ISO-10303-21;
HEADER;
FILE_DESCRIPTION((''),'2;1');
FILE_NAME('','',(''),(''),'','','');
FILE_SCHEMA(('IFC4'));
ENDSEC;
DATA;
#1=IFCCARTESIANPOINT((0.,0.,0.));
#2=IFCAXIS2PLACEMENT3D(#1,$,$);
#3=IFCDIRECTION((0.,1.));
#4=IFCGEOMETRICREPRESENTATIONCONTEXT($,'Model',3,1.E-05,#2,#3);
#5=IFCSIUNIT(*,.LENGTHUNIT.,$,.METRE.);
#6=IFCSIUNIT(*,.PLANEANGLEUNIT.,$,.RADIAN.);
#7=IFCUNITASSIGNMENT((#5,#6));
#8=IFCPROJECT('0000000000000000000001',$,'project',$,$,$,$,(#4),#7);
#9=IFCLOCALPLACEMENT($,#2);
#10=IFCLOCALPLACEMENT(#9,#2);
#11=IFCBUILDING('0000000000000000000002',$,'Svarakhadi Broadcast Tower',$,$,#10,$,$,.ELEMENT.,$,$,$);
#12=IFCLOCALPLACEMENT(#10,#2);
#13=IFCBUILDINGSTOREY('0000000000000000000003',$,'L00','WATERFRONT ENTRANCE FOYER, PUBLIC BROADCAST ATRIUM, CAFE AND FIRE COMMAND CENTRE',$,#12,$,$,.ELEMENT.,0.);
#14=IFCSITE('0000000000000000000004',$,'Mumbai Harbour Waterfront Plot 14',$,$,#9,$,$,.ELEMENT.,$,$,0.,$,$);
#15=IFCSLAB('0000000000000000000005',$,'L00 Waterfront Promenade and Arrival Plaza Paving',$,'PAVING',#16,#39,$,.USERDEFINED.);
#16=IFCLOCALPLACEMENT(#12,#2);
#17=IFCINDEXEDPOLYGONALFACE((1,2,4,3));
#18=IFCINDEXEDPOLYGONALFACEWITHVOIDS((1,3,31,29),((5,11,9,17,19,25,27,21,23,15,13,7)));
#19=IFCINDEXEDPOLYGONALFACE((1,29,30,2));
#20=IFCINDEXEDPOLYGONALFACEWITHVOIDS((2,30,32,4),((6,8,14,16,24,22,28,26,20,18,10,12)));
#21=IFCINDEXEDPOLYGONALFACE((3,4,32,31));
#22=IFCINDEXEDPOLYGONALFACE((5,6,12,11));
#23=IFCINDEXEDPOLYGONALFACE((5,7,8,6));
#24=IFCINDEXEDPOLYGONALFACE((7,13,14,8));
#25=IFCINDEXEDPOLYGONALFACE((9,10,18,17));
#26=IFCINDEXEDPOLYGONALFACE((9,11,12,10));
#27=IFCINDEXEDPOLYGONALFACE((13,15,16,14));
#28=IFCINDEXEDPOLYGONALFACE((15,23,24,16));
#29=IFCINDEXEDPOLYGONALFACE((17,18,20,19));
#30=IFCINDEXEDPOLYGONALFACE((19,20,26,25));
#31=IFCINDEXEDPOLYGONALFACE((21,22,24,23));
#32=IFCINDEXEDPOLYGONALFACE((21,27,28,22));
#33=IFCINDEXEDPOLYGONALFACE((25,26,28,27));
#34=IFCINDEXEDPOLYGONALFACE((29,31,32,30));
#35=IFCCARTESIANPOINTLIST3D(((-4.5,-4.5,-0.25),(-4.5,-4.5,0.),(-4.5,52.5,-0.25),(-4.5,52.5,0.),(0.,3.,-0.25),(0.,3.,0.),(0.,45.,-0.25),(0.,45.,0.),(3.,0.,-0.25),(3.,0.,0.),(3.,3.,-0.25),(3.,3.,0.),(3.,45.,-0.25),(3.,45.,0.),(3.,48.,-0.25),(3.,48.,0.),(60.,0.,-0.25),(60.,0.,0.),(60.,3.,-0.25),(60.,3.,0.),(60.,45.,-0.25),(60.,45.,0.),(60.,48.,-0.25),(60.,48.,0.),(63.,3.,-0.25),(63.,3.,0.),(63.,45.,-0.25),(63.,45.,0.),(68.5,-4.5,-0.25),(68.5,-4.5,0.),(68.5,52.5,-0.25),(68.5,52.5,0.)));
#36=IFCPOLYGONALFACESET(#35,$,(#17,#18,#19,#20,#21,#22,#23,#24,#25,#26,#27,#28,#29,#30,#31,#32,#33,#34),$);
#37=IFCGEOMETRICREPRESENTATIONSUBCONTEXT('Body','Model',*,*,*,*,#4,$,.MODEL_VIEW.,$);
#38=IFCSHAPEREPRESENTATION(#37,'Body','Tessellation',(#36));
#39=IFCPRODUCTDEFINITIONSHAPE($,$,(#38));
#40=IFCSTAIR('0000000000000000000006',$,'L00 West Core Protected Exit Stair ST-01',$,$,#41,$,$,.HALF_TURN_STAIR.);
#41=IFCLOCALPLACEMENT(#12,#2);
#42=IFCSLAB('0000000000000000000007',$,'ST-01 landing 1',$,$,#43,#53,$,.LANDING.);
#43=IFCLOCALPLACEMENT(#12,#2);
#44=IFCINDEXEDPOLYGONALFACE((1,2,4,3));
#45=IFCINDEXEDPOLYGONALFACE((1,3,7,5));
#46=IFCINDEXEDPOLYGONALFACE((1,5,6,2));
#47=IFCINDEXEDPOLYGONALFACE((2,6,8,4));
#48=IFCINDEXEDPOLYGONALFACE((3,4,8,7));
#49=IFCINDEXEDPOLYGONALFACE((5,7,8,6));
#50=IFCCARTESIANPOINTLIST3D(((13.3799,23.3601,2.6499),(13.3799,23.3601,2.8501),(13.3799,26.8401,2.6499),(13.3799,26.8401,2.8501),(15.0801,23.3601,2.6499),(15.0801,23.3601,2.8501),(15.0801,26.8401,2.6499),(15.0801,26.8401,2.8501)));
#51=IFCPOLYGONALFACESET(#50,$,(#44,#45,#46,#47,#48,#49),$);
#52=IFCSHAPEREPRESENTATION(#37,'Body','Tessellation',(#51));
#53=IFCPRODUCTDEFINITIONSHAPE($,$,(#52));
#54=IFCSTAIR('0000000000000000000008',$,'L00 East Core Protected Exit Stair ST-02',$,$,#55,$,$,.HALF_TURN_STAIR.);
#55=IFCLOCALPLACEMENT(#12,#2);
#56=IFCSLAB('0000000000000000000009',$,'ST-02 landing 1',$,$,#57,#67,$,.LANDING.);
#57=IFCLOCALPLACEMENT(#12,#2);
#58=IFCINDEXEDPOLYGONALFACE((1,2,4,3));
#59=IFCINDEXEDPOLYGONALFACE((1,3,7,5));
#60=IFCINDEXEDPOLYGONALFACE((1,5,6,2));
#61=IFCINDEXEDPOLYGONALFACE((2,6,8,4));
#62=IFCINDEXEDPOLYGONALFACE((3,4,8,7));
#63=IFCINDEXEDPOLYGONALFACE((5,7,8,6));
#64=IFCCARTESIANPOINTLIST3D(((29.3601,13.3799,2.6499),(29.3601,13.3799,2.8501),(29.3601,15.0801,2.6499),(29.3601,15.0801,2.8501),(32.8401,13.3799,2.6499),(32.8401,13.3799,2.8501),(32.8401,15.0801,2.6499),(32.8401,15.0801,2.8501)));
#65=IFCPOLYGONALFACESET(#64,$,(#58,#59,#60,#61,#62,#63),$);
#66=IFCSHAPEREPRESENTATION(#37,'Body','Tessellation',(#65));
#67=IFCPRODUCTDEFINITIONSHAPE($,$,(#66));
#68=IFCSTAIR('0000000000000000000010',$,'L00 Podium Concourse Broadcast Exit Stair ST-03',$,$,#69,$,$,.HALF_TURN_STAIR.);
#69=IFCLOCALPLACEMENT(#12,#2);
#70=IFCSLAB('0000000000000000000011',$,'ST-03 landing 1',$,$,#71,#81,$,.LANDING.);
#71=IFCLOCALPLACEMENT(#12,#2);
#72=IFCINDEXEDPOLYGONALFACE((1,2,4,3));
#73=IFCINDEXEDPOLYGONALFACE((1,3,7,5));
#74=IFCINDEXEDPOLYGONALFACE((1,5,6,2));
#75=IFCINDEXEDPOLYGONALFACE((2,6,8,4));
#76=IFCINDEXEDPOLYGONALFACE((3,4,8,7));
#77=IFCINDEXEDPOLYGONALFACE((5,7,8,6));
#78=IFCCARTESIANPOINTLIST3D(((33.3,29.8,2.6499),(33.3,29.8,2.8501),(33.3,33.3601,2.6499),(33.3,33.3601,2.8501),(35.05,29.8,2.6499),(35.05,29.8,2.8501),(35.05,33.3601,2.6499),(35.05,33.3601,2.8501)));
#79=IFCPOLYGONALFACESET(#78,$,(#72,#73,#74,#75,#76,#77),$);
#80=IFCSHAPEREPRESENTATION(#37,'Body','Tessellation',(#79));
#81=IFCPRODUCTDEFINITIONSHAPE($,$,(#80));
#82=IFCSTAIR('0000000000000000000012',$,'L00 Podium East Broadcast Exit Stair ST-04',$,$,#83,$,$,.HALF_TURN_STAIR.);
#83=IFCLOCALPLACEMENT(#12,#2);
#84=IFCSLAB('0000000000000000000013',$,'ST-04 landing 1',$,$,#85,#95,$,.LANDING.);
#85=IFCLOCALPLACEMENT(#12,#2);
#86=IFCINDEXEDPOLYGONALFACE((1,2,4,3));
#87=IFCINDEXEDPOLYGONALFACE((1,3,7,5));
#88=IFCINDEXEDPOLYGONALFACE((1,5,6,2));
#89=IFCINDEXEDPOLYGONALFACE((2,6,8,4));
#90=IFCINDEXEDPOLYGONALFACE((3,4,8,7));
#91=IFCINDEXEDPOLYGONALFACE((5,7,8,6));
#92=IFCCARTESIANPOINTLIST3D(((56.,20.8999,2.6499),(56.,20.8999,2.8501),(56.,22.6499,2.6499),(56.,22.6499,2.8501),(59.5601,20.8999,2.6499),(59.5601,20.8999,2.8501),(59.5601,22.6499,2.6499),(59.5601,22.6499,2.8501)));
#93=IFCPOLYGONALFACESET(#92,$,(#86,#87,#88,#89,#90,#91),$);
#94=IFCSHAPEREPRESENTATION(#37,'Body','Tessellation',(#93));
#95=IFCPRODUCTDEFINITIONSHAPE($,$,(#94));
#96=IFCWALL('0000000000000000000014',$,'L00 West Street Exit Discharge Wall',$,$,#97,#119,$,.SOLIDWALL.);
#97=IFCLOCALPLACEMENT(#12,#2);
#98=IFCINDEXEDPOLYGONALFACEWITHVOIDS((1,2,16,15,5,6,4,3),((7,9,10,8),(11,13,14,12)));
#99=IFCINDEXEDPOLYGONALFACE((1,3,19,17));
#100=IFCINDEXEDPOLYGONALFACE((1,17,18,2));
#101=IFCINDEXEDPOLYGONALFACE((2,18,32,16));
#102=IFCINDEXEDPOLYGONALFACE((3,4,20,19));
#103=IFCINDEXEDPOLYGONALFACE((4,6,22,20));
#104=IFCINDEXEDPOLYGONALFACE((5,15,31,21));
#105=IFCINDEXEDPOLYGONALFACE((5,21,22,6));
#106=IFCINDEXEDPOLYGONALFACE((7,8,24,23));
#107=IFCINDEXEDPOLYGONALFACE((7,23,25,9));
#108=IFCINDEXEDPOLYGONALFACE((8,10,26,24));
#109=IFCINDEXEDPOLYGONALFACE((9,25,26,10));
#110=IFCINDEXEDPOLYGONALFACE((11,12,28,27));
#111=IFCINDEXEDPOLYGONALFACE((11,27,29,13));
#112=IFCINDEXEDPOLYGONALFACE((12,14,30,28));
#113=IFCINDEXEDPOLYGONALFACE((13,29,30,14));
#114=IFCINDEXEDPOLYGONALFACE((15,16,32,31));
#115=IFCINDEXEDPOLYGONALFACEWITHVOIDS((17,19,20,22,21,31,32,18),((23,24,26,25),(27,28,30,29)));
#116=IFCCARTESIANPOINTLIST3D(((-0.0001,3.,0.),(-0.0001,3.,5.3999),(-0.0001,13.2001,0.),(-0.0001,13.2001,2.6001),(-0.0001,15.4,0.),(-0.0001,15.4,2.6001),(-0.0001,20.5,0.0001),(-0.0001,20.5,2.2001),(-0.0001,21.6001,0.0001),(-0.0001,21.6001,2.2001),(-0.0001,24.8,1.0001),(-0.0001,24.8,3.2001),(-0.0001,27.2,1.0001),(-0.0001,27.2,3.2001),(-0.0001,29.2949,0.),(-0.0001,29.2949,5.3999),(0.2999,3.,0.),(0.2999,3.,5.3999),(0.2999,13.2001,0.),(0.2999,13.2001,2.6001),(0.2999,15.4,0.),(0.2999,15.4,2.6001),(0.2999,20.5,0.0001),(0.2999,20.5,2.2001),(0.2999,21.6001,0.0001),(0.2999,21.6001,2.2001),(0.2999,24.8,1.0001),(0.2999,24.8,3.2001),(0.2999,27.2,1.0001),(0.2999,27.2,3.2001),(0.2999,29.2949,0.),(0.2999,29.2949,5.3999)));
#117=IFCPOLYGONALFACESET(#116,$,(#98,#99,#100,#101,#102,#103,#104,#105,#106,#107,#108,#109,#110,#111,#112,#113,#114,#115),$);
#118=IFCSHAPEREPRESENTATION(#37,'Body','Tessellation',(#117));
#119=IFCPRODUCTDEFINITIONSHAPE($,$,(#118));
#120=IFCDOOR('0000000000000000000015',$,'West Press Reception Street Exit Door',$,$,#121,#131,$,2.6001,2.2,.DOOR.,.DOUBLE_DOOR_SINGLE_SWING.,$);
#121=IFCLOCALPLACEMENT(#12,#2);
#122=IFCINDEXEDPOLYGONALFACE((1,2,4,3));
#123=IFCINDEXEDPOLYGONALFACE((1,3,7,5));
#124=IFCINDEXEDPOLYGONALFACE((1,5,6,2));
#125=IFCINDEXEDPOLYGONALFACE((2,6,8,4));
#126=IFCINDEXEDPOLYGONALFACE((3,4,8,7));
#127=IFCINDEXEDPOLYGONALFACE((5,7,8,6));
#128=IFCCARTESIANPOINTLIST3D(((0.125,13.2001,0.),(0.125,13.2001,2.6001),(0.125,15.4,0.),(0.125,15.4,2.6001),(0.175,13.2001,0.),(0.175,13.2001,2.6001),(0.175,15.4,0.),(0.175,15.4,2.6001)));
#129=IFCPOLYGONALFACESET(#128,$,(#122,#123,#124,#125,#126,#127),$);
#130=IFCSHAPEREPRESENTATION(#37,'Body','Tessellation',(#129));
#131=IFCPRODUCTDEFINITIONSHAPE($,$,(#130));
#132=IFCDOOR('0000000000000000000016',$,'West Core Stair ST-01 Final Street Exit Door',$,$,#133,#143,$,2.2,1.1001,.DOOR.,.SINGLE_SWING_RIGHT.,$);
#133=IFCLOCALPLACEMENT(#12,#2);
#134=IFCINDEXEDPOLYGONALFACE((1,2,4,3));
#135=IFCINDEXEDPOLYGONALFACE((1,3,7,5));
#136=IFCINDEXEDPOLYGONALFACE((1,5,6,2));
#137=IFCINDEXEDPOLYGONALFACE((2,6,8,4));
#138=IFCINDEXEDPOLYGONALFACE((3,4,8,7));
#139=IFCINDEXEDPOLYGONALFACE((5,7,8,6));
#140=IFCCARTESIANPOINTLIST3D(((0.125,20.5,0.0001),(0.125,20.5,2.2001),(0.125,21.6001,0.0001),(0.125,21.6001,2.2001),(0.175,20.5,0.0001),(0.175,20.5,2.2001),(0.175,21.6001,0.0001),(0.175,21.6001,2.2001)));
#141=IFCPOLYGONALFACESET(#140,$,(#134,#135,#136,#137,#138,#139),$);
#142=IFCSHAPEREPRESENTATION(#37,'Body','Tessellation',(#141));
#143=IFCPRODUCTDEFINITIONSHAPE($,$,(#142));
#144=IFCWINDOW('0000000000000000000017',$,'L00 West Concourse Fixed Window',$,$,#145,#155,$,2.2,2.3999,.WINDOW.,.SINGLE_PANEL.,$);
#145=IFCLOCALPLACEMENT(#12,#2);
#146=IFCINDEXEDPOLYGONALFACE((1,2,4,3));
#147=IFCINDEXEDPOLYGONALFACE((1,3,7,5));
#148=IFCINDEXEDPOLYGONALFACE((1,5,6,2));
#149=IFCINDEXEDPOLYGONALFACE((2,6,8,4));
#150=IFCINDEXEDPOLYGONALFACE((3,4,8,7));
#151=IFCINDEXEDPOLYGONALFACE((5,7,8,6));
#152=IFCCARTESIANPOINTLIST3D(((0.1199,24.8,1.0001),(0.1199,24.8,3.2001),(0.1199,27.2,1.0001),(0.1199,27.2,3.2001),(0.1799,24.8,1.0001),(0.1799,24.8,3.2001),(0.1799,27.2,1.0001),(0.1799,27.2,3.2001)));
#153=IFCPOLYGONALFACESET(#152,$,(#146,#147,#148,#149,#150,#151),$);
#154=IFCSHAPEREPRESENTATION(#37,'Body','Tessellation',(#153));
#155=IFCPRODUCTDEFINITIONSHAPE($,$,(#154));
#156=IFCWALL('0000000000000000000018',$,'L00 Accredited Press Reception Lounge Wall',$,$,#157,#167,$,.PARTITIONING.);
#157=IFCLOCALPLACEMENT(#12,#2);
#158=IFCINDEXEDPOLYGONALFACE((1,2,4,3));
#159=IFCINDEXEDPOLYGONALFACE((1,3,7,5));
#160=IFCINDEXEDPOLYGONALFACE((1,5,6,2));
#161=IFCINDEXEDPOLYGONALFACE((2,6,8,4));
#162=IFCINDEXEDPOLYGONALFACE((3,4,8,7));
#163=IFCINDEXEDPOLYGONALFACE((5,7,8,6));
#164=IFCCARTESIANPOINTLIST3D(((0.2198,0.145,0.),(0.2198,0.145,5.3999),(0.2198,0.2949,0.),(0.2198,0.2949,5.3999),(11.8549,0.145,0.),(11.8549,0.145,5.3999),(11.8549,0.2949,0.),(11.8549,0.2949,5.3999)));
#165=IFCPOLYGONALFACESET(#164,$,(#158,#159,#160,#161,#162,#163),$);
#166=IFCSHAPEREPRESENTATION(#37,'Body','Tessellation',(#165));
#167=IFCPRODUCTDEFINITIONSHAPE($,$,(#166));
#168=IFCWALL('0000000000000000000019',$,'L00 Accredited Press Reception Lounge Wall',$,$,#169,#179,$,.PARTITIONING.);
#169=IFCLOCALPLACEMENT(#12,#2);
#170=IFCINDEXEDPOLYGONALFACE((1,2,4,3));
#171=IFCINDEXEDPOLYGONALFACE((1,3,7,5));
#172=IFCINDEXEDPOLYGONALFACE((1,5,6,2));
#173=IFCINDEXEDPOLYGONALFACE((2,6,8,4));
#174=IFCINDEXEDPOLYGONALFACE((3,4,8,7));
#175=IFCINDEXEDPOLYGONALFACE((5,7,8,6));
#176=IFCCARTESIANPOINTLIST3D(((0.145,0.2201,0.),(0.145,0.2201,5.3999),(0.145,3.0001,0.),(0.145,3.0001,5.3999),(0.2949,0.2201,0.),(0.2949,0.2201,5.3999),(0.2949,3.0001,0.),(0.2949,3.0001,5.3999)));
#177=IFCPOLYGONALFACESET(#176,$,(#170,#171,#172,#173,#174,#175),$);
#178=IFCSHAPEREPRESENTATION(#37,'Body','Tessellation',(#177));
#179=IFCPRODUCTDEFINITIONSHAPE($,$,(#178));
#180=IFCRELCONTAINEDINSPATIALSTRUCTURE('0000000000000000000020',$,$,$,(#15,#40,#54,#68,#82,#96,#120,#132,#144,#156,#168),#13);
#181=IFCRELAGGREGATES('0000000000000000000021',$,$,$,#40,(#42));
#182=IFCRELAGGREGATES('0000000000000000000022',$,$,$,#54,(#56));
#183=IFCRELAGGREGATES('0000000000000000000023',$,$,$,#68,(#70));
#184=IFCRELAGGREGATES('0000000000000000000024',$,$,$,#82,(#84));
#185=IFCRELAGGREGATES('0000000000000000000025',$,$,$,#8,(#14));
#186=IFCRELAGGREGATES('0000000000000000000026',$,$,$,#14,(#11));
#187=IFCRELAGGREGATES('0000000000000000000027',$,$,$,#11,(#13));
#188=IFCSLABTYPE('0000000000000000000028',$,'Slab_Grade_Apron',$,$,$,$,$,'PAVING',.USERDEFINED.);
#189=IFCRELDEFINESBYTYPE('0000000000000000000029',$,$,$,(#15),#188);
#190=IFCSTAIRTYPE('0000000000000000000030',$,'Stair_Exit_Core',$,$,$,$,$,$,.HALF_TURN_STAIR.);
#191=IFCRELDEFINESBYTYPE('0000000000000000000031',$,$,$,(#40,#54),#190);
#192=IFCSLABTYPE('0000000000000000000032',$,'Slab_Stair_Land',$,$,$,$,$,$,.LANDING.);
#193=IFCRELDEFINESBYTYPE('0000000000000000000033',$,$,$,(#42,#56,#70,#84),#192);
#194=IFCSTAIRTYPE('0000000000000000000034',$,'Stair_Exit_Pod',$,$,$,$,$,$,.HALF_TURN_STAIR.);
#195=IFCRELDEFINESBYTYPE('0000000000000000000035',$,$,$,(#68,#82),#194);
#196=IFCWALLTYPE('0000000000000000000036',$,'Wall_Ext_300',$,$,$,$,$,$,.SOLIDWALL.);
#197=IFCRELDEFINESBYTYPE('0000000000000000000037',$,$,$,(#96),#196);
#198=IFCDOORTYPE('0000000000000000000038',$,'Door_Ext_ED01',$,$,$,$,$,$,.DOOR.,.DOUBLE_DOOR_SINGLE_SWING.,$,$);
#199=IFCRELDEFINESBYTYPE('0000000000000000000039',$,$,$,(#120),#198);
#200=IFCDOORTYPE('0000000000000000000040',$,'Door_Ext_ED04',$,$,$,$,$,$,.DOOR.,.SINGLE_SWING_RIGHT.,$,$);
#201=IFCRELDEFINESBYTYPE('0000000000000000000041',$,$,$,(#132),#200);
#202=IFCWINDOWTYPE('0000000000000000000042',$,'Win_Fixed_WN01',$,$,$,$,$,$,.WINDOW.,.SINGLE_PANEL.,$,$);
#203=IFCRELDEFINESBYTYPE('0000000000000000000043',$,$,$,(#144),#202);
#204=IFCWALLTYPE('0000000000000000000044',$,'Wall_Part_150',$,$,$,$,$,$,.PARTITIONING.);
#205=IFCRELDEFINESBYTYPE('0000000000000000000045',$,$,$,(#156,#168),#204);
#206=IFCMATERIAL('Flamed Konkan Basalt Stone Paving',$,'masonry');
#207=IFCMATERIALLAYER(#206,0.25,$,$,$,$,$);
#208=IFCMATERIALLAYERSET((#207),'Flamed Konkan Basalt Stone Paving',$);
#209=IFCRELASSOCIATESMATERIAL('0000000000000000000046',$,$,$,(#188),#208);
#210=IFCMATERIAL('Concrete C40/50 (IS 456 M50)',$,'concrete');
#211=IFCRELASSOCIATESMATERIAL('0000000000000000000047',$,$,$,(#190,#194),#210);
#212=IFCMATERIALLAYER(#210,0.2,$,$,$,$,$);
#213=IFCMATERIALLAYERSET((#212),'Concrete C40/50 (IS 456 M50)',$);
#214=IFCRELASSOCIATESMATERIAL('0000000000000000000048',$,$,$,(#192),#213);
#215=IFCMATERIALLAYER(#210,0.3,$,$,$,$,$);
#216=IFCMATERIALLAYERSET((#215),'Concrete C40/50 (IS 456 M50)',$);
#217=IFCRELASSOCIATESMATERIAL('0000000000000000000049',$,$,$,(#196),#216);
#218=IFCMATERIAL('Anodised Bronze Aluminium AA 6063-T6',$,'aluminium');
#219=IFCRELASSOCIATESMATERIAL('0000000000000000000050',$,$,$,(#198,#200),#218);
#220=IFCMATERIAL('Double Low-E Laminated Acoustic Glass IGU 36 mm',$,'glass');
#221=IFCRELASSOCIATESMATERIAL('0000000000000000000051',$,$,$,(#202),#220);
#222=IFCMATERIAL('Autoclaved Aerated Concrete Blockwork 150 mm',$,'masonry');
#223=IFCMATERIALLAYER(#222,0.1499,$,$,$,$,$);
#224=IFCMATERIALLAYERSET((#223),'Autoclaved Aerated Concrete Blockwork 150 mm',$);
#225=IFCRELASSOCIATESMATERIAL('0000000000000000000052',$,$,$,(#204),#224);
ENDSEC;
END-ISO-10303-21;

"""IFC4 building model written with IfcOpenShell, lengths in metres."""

from ifc_helpers import new_model, si_unit, direction, frame, frame_2d, origin, place, context, subcontext, project, spatial, polyline, rectangle, outline, extrude, material, layer, layer_set, type_object, element, fill, aggregate, save


model = new_model("IFC4")

# Units and contexts
model_context = context("Model", 3, precision=1e-05, world=origin(), true_north=direction((0.0, 1.0)))
body_context = subcontext(model_context, "Body", "Model", "MODEL_VIEW")
ifc_project = project(units=[si_unit("LENGTHUNIT", "METRE"), si_unit("PLANEANGLEUNIT", "RADIAN")], contexts=[model_context])

# Site, building, storey
site_placement = place(None, origin())
site = spatial("IfcSite", under=ifc_project, at=site_placement, Name="Mumbai Harbour Waterfront Plot 14", CompositionType="ELEMENT", RefElevation=0.0)
building_placement = place(site_placement, origin())
building = spatial("IfcBuilding", under=site, at=building_placement, Name="Svarakhadi Broadcast Tower", CompositionType="ELEMENT")
storey_placement = place(building_placement, origin())
storey = spatial("IfcBuildingStorey", under=building, at=storey_placement, Name="L00", Description="WATERFRONT ENTRANCE FOYER, PUBLIC BROADCAST ATRIUM, CAFE AND FIRE COMMAND CENTRE", CompositionType="ELEMENT", Elevation=0.0)

# Shared definitions
ifc_material_1 = material(Name="Anodised Bronze Aluminium AA 6063-T6", Category="aluminium")

# Slab
ifc_material_2 = material(Name="Flamed Konkan Basalt Stone Paving", Category="masonry")
ifc_layer_1 = layer(ifc_material_2, 0.25)
ifc_layer_set_1 = layer_set([ifc_layer_1], Name="Flamed Konkan Basalt Stone Paving")
slab_type_1 = type_object("IfcSlabType", Name="Slab_Grade_Apron", ElementType="PAVING", PredefinedType="USERDEFINED", material=ifc_layer_set_1)
slab_1_placement = place(storey_placement, frame((0.0, 0.0, -0.25)))
element("IfcSlab", 1, at=slab_1_placement, inside=storey, type_object=slab_type_1, Name="L00 Waterfront Promenade and Arrival Plaza Paving", ObjectType="PAVING", PredefinedType="USERDEFINED", context=body_context, shape_type="SweptSolid", body=[
    extrude(outline(polyline([(-4.5, -4.5), (68.5, -4.5), (68.5, 52.5), (-4.5, 52.5), (-4.5, -4.5)]), holes=[polyline([(3.0, 0.0), (60.0, 0.0), (60.0, 3.0), (63.0, 3.0), (63.0, 45.0), (60.0, 45.0), (60.0, 48.0), (3.0, 48.0), (3.0, 45.0), (0.0, 45.0), (0.0, 3.0), (3.0, 3.0), (3.0, 0.0)])]), origin(), (0.0, 0.0, 1.0), 0.25),
])

# Stairs, slabs
ifc_material_3 = material(Name="Concrete C40/50 (IS 456 M50)", Category="concrete")
stair_type_1 = type_object("IfcStairType", Name="Stair_Exit_Core", PredefinedType="HALF_TURN_STAIR", material=ifc_material_3)
stair_1_placement = place(storey_placement, origin())
stair_1 = element("IfcStair", 2, at=stair_1_placement, inside=storey, type_object=stair_type_1, Name="L00 West Core Protected Exit Stair ST-01", PredefinedType="HALF_TURN_STAIR")
ifc_layer_2 = layer(ifc_material_3, 0.2)
ifc_layer_set_2 = layer_set([ifc_layer_2], Name="Concrete C40/50 (IS 456 M50)")
slab_type_2 = type_object("IfcSlabType", Name="Slab_Stair_Land", PredefinedType="LANDING", material=ifc_layer_set_2)
slab_2_placement = place(storey_placement, frame((0.0, 0.0, 2.6499)))
slab_2 = element("IfcSlab", 3, at=slab_2_placement, type_object=slab_type_2, Name="ST-01 landing 1", PredefinedType="LANDING", context=body_context, shape_type="SweptSolid", body=[
    extrude(outline(polyline([(13.3799, 23.3601), (15.0801, 23.3601), (15.0801, 26.8401), (13.3799, 26.8401), (13.3799, 23.3601)])), origin(), (0.0, 0.0, 1.0), 0.2002),
])
aggregate(stair_1, [slab_2])
stair_2_placement = place(storey_placement, origin())
stair_2 = element("IfcStair", 4, at=stair_2_placement, inside=storey, type_object=stair_type_1, Name="L00 East Core Protected Exit Stair ST-02", PredefinedType="HALF_TURN_STAIR")
slab_3_placement = place(storey_placement, frame((0.0, 0.0, 2.6499)))
slab_3 = element("IfcSlab", 5, at=slab_3_placement, type_object=slab_type_2, Name="ST-02 landing 1", PredefinedType="LANDING", context=body_context, shape_type="SweptSolid", body=[
    extrude(outline(polyline([(32.8401, 13.3799), (32.8401, 15.0801), (29.3601, 15.0801), (29.3601, 13.3799), (32.8401, 13.3799)])), origin(), (0.0, 0.0, 1.0), 0.2002),
])
aggregate(stair_2, [slab_3])
stair_type_2 = type_object("IfcStairType", Name="Stair_Exit_Pod", PredefinedType="HALF_TURN_STAIR", material=ifc_material_3)
stair_3_placement = place(storey_placement, origin())
stair_3 = element("IfcStair", 6, at=stair_3_placement, inside=storey, type_object=stair_type_2, Name="L00 Podium Concourse Broadcast Exit Stair ST-03", PredefinedType="HALF_TURN_STAIR")
slab_4_placement = place(storey_placement, frame((0.0, 0.0, 2.6499)))
slab_4 = element("IfcSlab", 7, at=slab_4_placement, type_object=slab_type_2, Name="ST-03 landing 1", PredefinedType="LANDING", context=body_context, shape_type="SweptSolid", body=[
    extrude(outline(polyline([(33.3, 29.8), (35.05, 29.8), (35.05, 33.3601), (33.3, 33.3601), (33.3, 29.8)])), origin(), (0.0, 0.0, 1.0), 0.2002),
])
aggregate(stair_3, [slab_4])
stair_4_placement = place(storey_placement, origin())
stair_4 = element("IfcStair", 8, at=stair_4_placement, inside=storey, type_object=stair_type_2, Name="L00 Podium East Broadcast Exit Stair ST-04", PredefinedType="HALF_TURN_STAIR")
slab_5_placement = place(storey_placement, frame((0.0, 0.0, 2.6499)))
slab_5 = element("IfcSlab", 9, at=slab_5_placement, type_object=slab_type_2, Name="ST-04 landing 1", PredefinedType="LANDING", context=body_context, shape_type="SweptSolid", body=[
    extrude(outline(polyline([(59.5601, 20.8999), (59.5601, 22.6499), (56.0, 22.6499), (56.0, 20.8999), (59.5601, 20.8999)])), origin(), (0.0, 0.0, 1.0), 0.2002),
])
aggregate(stair_4, [slab_5])

# Wall, openings, doors, window
ifc_layer_3 = layer(ifc_material_3, 0.3)
ifc_layer_set_3 = layer_set([ifc_layer_3], Name="Concrete C40/50 (IS 456 M50)")
wall_type_1 = type_object("IfcWallType", Name="Wall_Ext_300", PredefinedType="SOLIDWALL", material=ifc_layer_set_3)
wall_1_placement = place(storey_placement, frame((0.1499, 3.0, 0.0), z_axis=(0.0, 0.0, 1.0), x_axis=(0.0, 1.0, 0.0)))
wall_1 = element("IfcWall", 10, at=wall_1_placement, inside=storey, type_object=wall_type_1, Name="L00 West Street Exit Discharge Wall", PredefinedType="SOLIDWALL", context=body_context, shape_type="SweptSolid", body=[
    extrude(rectangle(XDim=26.2949, YDim=0.3, at=frame_2d((13.1475, 0.0))), origin(), (0.0, 0.0, 1.0), 5.3999),
])
opening_1_placement = place(wall_1_placement, frame((10.2, 0.0, 0.0)))
opening_1 = element("IfcOpeningElement", 11, at=opening_1_placement, cuts=wall_1, PredefinedType="OPENING", context=body_context, shape_type="SweptSolid", body=[
    extrude(rectangle(XDim=2.2, YDim=2.6001, at=frame_2d((1.1001, 1.3))), frame((0.0, 0.1599, 0.0), z_axis=(0.0, -1.0, 0.0), x_axis=(1.0, 0.0, 0.0)), (0.0, 0.0, 1.0), 0.3201),
])
opening_2_placement = place(wall_1_placement, frame((17.5, 0.0, 0.0)))
opening_2 = element("IfcOpeningElement", 12, at=opening_2_placement, cuts=wall_1, PredefinedType="OPENING", context=body_context, shape_type="SweptSolid", body=[
    extrude(rectangle(XDim=1.1001, YDim=2.2, at=frame_2d((0.55, 1.1001))), frame((0.0, 0.1599, 0.0), z_axis=(0.0, -1.0, 0.0), x_axis=(1.0, 0.0, 0.0)), (0.0, 0.0, 1.0), 0.3201),
])
opening_3_placement = place(wall_1_placement, frame((21.8, 0.0, 1.0)))
opening_3 = element("IfcOpeningElement", 13, at=opening_3_placement, cuts=wall_1, PredefinedType="OPENING", context=body_context, shape_type="SweptSolid", body=[
    extrude(rectangle(XDim=2.3999, YDim=2.2, at=frame_2d((1.2, 1.1001))), frame((0.0, 0.1599, 0.0), z_axis=(0.0, -1.0, 0.0), x_axis=(1.0, 0.0, 0.0)), (0.0, 0.0, 1.0), 0.3201),
])
door_type_1 = type_object("IfcDoorType", Name="Door_Ext_ED01", OperationType="DOUBLE_DOOR_SINGLE_SWING", PredefinedType="DOOR", material=ifc_material_1)
door_1_placement = place(opening_1_placement, origin())
door_1 = element("IfcDoor", 14, at=door_1_placement, inside=storey, type_object=door_type_1, Name="West Press Reception Street Exit Door", OperationType="DOUBLE_DOOR_SINGLE_SWING", OverallHeight=2.6001, OverallWidth=2.2, PredefinedType="DOOR", context=body_context, shape_type="SweptSolid", body=[
    extrude(rectangle(XDim=2.2, YDim=2.6001, at=frame_2d((1.1001, 1.3))), frame((0.0, 0.0249, 0.0), z_axis=(0.0, -1.0, 0.0), x_axis=(1.0, 0.0, 0.0)), (0.0, 0.0, 1.0), 0.05),
])
fill(opening_1, door_1)
door_type_2 = type_object("IfcDoorType", Name="Door_Ext_ED04", OperationType="SINGLE_SWING_RIGHT", PredefinedType="DOOR", material=ifc_material_1)
door_2_placement = place(opening_2_placement, origin())
door_2 = element("IfcDoor", 15, at=door_2_placement, inside=storey, type_object=door_type_2, Name="West Core Stair ST-01 Final Street Exit Door", OperationType="SINGLE_SWING_RIGHT", OverallHeight=2.2, OverallWidth=1.1001, PredefinedType="DOOR", context=body_context, shape_type="SweptSolid", body=[
    extrude(rectangle(XDim=1.1001, YDim=2.2, at=frame_2d((0.55, 1.1001))), frame((0.0, 0.0249, 0.0), z_axis=(0.0, -1.0, 0.0), x_axis=(1.0, 0.0, 0.0)), (0.0, 0.0, 1.0), 0.05),
])
fill(opening_2, door_2)
ifc_material_4 = material(Name="Double Low-E Laminated Acoustic Glass IGU 36 mm", Category="glass")
window_type = type_object("IfcWindowType", Name="Win_Fixed_WN01", PartitioningType="SINGLE_PANEL", PredefinedType="WINDOW", material=ifc_material_4)
window_placement = place(opening_3_placement, origin())
window = element("IfcWindow", 16, at=window_placement, inside=storey, type_object=window_type, Name="L00 West Concourse Fixed Window", OverallHeight=2.2, OverallWidth=2.3999, PartitioningType="SINGLE_PANEL", PredefinedType="WINDOW", context=body_context, shape_type="SweptSolid", body=[
    extrude(rectangle(XDim=2.3999, YDim=2.2, at=frame_2d((1.2, 1.1001))), frame((0.0, 0.03, 0.0), z_axis=(0.0, -1.0, 0.0), x_axis=(1.0, 0.0, 0.0)), (0.0, 0.0, 1.0), 0.0601),
])
fill(opening_3, window)

# Walls
ifc_material_5 = material(Name="Autoclaved Aerated Concrete Blockwork 150 mm", Category="masonry")
ifc_layer_4 = layer(ifc_material_5, 0.1499)
ifc_layer_set_4 = layer_set([ifc_layer_4], Name="Autoclaved Aerated Concrete Blockwork 150 mm")
wall_type_2 = type_object("IfcWallType", Name="Wall_Part_150", PredefinedType="PARTITIONING", material=ifc_layer_set_4)
wall_2_placement = place(storey_placement, frame((0.22, 0.22, 0.0), z_axis=(0.0, 0.0, 1.0), x_axis=(1.0, 0.0, 0.0)))
element("IfcWall", 17, at=wall_2_placement, inside=storey, type_object=wall_type_2, Name="L00 Accredited Press Reception Lounge Wall", PredefinedType="PARTITIONING", context=body_context, shape_type="SweptSolid", body=[
    extrude(rectangle(XDim=11.635, YDim=0.1499, at=frame_2d((5.8174, 0.0))), origin(), (0.0, 0.0, 1.0), 5.3999),
])
wall_3_placement = place(storey_placement, frame((0.22, 0.22, 0.0), z_axis=(0.0, 0.0, 1.0), x_axis=(0.0, 1.0, 0.0)))
element("IfcWall", 18, at=wall_3_placement, inside=storey, type_object=wall_type_2, Name="L00 Accredited Press Reception Lounge Wall", PredefinedType="PARTITIONING", context=body_context, shape_type="SweptSolid", body=[
    extrude(rectangle(XDim=2.78, YDim=0.1499, at=frame_2d((1.3901, 0.0))), origin(), (0.0, 0.0, 1.0), 5.3999),
])

save(model, "model.ifc")
